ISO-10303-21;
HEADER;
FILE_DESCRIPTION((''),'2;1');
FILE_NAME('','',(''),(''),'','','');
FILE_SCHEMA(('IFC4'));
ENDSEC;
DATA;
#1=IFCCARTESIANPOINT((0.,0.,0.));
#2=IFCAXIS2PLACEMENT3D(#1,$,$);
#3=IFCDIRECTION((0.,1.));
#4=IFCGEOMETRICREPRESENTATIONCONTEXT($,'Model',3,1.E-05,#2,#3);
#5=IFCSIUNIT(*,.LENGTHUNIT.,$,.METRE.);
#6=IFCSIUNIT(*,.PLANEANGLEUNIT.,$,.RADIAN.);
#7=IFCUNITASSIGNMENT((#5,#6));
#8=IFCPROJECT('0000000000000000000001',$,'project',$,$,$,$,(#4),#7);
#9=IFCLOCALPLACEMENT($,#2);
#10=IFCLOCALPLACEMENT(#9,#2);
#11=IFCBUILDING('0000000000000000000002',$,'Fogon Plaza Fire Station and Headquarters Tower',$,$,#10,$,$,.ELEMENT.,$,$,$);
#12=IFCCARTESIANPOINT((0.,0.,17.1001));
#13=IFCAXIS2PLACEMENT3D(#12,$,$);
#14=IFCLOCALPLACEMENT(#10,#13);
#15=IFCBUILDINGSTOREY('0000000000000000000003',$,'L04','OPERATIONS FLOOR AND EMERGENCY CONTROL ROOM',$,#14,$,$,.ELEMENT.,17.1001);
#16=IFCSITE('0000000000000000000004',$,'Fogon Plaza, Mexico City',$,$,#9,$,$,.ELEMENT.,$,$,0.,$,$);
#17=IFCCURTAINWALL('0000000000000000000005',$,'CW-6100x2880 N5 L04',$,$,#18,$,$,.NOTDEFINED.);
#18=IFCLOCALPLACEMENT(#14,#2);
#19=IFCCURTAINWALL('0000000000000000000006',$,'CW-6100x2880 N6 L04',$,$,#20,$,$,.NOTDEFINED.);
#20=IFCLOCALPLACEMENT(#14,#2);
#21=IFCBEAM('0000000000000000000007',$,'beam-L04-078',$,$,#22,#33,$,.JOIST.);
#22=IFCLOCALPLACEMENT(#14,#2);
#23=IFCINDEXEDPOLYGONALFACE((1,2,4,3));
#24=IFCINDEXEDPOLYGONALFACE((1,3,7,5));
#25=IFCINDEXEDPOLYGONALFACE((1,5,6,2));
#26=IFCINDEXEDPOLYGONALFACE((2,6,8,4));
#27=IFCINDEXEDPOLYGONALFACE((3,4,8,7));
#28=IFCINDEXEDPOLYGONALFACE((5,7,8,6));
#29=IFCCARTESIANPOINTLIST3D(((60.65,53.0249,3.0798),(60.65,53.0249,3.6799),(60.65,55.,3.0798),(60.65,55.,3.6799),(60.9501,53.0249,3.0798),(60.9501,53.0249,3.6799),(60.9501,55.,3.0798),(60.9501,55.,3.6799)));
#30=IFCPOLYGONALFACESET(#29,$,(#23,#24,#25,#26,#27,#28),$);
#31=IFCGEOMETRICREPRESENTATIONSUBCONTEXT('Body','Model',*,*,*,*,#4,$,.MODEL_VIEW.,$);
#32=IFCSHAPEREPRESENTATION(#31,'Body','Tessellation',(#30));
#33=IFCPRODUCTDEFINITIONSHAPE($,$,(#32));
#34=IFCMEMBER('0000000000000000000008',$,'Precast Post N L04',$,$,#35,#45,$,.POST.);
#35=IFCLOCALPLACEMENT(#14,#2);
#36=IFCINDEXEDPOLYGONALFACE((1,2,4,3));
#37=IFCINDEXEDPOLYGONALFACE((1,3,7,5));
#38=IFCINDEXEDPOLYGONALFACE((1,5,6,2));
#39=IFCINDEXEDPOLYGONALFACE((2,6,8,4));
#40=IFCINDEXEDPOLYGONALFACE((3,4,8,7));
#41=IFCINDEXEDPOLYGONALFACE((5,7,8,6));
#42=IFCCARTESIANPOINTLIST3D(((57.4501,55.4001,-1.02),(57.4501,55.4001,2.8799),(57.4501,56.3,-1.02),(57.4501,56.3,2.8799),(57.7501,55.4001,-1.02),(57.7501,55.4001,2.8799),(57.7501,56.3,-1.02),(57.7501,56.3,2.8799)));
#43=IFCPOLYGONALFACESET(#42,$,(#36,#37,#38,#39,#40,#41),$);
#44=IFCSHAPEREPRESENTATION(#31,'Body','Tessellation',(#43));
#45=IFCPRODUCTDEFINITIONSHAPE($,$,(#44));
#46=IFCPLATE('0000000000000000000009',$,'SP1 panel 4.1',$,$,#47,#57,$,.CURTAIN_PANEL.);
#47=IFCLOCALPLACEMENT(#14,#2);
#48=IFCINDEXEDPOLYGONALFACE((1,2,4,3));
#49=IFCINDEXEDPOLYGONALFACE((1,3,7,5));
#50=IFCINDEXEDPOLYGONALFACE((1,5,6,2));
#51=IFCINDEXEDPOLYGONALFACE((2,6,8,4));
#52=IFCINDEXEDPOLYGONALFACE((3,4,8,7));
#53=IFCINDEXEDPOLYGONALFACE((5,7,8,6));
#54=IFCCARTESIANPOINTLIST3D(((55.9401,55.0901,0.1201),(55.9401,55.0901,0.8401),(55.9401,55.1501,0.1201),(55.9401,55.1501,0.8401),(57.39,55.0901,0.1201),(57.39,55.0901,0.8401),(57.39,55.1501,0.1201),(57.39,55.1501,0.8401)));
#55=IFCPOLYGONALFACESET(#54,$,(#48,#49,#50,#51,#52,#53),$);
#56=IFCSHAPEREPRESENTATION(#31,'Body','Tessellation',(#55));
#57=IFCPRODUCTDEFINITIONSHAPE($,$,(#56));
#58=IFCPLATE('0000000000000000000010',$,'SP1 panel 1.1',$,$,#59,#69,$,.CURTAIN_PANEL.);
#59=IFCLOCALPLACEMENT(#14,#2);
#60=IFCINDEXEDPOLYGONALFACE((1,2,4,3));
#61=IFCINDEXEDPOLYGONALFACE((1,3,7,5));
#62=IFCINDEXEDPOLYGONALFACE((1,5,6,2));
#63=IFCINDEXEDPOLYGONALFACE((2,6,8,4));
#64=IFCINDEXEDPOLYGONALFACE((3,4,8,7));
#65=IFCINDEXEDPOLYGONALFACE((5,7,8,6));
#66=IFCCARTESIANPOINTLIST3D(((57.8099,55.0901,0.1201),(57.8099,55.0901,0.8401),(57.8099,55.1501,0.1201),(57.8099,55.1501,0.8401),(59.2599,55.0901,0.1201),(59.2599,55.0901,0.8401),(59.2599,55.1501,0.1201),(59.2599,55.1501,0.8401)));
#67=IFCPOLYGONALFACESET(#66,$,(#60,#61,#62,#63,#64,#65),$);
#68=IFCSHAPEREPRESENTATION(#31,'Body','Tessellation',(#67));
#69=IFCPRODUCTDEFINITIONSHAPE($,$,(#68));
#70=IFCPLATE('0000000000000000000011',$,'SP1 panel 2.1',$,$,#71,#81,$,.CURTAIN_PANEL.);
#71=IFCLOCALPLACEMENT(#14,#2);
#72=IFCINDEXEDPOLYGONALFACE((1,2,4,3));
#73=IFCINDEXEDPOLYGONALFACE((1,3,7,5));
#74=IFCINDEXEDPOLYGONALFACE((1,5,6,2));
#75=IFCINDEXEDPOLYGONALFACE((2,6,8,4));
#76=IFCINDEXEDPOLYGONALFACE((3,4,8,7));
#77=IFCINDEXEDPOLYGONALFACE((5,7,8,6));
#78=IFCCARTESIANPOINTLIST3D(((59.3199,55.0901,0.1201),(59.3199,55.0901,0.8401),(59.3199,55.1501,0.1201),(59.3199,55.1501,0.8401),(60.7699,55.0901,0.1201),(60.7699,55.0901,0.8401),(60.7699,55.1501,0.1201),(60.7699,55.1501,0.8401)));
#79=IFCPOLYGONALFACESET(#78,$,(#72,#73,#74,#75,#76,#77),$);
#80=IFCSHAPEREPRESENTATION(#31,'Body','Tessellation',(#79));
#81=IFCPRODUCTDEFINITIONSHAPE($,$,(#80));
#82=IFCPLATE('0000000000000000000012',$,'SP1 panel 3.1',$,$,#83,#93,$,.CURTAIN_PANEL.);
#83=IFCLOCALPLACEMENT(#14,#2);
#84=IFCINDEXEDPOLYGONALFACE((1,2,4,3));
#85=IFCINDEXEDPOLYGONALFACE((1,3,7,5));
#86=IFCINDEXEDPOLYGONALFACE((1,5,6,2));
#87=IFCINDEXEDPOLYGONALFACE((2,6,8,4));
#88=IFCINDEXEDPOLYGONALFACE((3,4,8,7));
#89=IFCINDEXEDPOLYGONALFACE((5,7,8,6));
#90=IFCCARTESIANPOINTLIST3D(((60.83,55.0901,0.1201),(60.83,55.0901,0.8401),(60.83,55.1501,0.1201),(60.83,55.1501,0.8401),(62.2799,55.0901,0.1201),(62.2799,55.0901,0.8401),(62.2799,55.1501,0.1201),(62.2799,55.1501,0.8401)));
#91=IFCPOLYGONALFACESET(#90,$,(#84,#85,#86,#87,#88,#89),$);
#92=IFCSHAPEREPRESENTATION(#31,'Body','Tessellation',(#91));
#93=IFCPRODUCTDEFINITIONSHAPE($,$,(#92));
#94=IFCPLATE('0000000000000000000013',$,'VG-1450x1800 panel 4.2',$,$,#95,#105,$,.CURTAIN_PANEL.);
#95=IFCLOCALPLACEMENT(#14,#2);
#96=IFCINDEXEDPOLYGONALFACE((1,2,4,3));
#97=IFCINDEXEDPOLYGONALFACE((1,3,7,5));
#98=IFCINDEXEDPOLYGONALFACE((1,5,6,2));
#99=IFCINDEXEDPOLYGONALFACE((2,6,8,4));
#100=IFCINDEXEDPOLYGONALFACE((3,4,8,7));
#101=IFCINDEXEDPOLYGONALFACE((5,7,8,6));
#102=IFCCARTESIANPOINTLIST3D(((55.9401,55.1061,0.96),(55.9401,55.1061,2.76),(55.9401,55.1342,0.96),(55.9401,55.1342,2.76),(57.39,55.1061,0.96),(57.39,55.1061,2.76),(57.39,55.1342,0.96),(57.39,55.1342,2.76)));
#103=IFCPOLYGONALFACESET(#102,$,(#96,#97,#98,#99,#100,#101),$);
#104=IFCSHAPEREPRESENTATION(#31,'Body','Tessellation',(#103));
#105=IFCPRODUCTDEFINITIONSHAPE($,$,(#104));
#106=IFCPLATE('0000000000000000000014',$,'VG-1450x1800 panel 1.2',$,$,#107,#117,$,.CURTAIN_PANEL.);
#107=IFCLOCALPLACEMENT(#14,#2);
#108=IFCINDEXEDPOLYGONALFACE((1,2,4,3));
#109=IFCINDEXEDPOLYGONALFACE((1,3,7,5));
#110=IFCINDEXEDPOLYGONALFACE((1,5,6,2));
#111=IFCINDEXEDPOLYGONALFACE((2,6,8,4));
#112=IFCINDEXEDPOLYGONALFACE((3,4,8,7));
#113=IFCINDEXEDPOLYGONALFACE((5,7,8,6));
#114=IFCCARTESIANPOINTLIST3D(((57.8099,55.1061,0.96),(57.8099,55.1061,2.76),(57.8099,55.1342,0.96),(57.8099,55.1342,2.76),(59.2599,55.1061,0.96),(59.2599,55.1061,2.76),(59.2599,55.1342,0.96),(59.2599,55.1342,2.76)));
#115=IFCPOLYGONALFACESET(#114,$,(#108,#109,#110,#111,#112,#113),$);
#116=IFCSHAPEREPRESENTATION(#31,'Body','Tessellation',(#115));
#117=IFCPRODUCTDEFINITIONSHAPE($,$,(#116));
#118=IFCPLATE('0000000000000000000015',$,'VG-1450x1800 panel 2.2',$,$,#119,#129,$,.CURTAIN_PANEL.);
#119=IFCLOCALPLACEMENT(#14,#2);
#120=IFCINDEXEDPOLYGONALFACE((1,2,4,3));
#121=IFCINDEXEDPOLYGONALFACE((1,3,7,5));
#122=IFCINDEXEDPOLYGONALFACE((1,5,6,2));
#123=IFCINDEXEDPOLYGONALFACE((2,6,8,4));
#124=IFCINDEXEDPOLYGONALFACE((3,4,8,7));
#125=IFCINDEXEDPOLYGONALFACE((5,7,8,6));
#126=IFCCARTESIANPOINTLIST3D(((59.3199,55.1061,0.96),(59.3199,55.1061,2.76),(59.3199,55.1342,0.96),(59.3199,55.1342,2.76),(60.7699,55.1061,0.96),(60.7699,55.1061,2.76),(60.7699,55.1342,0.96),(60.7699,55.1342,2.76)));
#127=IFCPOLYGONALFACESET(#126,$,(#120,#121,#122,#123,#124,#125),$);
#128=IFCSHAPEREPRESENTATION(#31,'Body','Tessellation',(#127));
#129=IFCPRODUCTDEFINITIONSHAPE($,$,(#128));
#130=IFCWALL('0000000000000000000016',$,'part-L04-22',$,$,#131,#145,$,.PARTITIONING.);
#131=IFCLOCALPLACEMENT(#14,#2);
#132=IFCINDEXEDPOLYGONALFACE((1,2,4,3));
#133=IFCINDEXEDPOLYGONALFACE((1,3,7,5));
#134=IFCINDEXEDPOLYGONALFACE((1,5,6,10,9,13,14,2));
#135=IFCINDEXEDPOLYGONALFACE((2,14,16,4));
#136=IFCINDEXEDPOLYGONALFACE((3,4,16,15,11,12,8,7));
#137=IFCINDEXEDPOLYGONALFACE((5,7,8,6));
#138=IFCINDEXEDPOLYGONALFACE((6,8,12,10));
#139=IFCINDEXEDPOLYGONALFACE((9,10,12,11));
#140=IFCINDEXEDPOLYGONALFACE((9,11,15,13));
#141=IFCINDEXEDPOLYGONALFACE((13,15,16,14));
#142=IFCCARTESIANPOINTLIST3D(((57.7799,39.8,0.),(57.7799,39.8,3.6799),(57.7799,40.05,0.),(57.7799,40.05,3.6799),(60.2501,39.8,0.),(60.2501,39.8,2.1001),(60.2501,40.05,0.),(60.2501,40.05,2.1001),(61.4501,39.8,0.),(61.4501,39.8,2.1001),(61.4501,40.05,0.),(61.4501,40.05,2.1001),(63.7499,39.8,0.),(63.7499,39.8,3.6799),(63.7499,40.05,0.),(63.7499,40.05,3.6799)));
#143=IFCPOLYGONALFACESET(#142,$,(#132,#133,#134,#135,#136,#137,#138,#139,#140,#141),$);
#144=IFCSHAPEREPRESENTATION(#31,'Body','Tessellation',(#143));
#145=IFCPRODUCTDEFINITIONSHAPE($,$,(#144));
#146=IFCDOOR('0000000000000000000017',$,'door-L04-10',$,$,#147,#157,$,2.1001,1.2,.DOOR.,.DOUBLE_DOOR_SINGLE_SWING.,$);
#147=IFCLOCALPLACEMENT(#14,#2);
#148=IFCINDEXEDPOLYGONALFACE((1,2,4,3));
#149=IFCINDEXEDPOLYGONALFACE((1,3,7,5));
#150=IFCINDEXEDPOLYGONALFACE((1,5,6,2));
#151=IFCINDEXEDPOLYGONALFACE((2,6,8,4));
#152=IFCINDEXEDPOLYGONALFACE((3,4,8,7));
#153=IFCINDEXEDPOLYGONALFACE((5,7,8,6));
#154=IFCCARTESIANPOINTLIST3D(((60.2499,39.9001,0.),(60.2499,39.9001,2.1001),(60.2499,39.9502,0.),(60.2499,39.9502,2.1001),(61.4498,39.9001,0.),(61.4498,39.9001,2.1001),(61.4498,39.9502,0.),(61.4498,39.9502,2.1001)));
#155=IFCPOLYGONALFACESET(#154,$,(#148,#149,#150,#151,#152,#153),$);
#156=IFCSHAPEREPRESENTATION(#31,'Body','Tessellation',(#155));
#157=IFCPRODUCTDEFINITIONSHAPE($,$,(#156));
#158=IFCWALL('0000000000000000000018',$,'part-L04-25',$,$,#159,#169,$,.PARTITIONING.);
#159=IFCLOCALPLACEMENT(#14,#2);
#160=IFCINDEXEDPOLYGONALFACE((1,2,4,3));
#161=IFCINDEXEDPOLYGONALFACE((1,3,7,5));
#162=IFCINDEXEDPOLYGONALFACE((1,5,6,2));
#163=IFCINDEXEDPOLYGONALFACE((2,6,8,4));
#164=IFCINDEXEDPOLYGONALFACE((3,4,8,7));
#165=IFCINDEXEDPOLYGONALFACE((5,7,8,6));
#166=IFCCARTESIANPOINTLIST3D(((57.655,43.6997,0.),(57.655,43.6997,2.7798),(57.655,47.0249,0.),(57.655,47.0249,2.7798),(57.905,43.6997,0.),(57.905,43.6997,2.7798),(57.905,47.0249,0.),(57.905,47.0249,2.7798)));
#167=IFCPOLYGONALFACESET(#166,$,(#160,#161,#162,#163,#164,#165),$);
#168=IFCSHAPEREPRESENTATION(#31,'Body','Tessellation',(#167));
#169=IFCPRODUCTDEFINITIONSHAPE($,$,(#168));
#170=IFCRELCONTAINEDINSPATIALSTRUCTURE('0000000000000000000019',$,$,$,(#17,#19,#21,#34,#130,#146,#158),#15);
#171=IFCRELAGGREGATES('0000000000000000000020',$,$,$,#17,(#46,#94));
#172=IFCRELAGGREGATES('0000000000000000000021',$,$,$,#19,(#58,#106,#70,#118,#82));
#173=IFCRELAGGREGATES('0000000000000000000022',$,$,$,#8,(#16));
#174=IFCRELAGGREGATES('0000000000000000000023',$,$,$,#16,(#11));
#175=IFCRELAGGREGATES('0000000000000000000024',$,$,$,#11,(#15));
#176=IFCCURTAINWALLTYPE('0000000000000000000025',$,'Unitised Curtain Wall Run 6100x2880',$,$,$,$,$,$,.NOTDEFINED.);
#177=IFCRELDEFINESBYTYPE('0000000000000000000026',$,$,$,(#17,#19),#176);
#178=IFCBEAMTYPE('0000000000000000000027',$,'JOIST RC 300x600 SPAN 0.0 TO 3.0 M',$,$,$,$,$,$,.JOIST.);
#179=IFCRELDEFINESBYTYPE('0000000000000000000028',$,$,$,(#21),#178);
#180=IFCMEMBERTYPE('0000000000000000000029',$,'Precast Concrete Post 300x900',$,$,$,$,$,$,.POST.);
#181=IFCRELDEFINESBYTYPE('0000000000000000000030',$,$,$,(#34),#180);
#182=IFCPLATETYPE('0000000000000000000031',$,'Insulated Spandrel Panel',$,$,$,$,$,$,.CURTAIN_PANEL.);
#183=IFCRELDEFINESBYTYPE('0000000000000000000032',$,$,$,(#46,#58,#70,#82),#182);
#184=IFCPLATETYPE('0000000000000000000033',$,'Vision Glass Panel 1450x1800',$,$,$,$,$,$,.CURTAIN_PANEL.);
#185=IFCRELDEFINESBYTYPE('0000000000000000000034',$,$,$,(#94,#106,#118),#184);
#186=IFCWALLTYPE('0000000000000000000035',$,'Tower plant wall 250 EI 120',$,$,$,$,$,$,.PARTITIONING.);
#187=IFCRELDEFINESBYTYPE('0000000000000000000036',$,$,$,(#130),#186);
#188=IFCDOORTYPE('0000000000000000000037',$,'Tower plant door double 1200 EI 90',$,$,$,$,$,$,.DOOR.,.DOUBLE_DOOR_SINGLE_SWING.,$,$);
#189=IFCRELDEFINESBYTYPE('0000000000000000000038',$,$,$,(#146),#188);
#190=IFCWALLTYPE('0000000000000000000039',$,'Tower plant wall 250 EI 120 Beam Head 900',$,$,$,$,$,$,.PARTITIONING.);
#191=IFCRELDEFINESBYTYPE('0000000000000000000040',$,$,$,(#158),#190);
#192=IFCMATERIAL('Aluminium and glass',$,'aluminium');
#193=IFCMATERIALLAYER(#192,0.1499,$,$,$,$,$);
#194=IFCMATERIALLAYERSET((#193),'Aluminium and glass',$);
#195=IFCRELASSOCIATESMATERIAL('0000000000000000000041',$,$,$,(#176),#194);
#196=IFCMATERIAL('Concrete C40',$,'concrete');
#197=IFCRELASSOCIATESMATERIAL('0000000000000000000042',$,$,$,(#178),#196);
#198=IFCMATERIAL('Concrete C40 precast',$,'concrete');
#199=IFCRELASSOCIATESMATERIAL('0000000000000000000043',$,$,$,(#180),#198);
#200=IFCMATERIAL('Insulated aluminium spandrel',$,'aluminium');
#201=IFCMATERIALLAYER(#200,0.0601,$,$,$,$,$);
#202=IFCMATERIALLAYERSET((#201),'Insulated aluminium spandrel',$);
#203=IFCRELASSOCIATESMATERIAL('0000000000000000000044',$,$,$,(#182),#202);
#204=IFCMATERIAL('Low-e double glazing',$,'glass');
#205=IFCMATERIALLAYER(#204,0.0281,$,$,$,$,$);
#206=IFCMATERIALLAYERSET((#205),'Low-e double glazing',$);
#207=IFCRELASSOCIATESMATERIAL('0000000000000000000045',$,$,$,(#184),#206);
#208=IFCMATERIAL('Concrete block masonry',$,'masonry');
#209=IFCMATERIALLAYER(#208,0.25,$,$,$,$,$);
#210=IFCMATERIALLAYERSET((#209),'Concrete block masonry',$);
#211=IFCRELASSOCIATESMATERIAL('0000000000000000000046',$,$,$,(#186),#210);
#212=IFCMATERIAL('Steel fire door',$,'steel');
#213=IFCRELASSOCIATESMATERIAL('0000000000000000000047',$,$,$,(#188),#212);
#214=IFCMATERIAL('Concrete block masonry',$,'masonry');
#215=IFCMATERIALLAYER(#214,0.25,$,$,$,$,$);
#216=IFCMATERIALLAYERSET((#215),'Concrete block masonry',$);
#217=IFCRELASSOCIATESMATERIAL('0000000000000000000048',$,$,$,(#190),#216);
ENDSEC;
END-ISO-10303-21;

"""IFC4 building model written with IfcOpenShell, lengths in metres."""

from ifc_helpers import new_model, si_unit, direction, frame, frame_2d, origin, origin_2d, place, context, subcontext, project, spatial, rectangle, extrude, material, layer, layer_set, material_profile, profile_set, type_object, element, fill, aggregate, save


model = new_model("IFC4")

# Units and contexts
model_context = context("Model", 3, precision=1e-05, world=origin(), true_north=direction((0.0, 1.0)))
body_context = subcontext(model_context, "Body", "Model", "MODEL_VIEW")
ifc_project = project(units=[si_unit("LENGTHUNIT", "METRE"), si_unit("PLANEANGLEUNIT", "RADIAN")], contexts=[model_context])

# Site, building, storey
site_placement = place(None, origin())
site = spatial("IfcSite", under=ifc_project, at=site_placement, Name="Fogon Plaza, Mexico City", CompositionType="ELEMENT", RefElevation=0.0)
building_placement = place(site_placement, origin())
building = spatial("IfcBuilding", under=site, at=building_placement, Name="Fogon Plaza Fire Station and Headquarters Tower", CompositionType="ELEMENT")
storey_placement = place(building_placement, frame((0.0, 0.0, 17.1001)))
storey = spatial("IfcBuildingStorey", under=building, at=storey_placement, Name="L04", Description="OPERATIONS FLOOR AND EMERGENCY CONTROL ROOM", CompositionType="ELEMENT", Elevation=17.1001)

# Curtain walls
ifc_material_1 = material(Name="Aluminium and glass", Category="aluminium")
ifc_layer_1 = layer(ifc_material_1, 0.1499)
ifc_layer_set_1 = layer_set([ifc_layer_1], Name="Aluminium and glass")
curtain_wall_type = type_object("IfcCurtainWallType", Name="Unitised Curtain Wall Run 6100x2880", PredefinedType="NOTDEFINED", material=ifc_layer_set_1)
curtain_wall_1_placement = place(storey_placement, origin())
curtain_wall_1 = element("IfcCurtainWall", 1, at=curtain_wall_1_placement, inside=storey, type_object=curtain_wall_type, Name="CW-6100x2880 N5 L04", PredefinedType="NOTDEFINED")
curtain_wall_2_placement = place(storey_placement, origin())
curtain_wall_2 = element("IfcCurtainWall", 2, at=curtain_wall_2_placement, inside=storey, type_object=curtain_wall_type, Name="CW-6100x2880 N6 L04", PredefinedType="NOTDEFINED")

# Beam
ifc_material_2 = material(Name="Concrete C40", Category="concrete")
ifc_material_profile_1 = material_profile(ifc_material_2, rectangle(XDim=0.3, YDim=0.6001, at=origin_2d()), Name="RC 300x600")
ifc_profile_set_1 = profile_set([ifc_material_profile_1], Name="Concrete C40")
beam_type_1 = type_object("IfcBeamType", Name="JOIST RC 300x600 SPAN 0.0 TO 3.0 M", PredefinedType="JOIST", material=ifc_profile_set_1)
beam_1_placement = place(storey_placement, frame((60.8, 53.0249, 3.3799), z_axis=(0.0, 1.0, 0.0), x_axis=(-1.0, 0.0, 0.0)))
element("IfcBeam", 3, at=beam_1_placement, inside=storey, type_object=beam_type_1, Name="beam-L04-078", PredefinedType="JOIST", context=body_context, shape_type="SweptSolid", body=[
    extrude(rectangle(XDim=0.3, YDim=0.6001, at=origin_2d()), origin(), (0.0, 0.0, 1.0), 1.9751),
])

# Member
ifc_material_3 = material(Name="Concrete C40 precast", Category="concrete")
ifc_material_profile_2 = material_profile(ifc_material_3, rectangle(XDim=0.3, YDim=0.8999, at=origin_2d()), Name="Precast Concrete Post 300x900")
ifc_profile_set_2 = profile_set([ifc_material_profile_2], Name="Concrete C40 precast")
member_type_1 = type_object("IfcMemberType", Name="Precast Concrete Post 300x900", PredefinedType="POST", material=ifc_profile_set_2)
member_1_placement = place(storey_placement, frame((57.6001, 55.8501, -1.02), z_axis=(0.0, 0.0, 1.0), x_axis=(1.0, 0.0, 0.0)))
element("IfcMember", 4, at=member_1_placement, inside=storey, type_object=member_type_1, Name="Precast Post N L04", PredefinedType="POST", context=body_context, shape_type="SweptSolid", body=[
    extrude(rectangle(XDim=0.3, YDim=0.8999, at=origin_2d()), origin(), (0.0, 0.0, 1.0), 3.8999),
])

# Plates
ifc_material_4 = material(Name="Insulated aluminium spandrel", Category="aluminium")
ifc_layer_2 = layer(ifc_material_4, 0.0601)
ifc_layer_set_2 = layer_set([ifc_layer_2], Name="Insulated aluminium spandrel")
plate_type_1 = type_object("IfcPlateType", Name="Insulated Spandrel Panel", PredefinedType="CURTAIN_PANEL", material=ifc_layer_set_2)
plate_1_placement = place(storey_placement, frame((56.665, 55.1201, 0.1201), z_axis=(0.0, 0.0, 1.0), x_axis=(1.0, 0.0, 0.0)))
plate_1 = element("IfcPlate", 5, at=plate_1_placement, type_object=plate_type_1, Name="SP1 panel 4.1", PredefinedType="CURTAIN_PANEL", context=body_context, shape_type="SweptSolid", body=[
    extrude(rectangle(XDim=1.45, YDim=0.0601, at=origin_2d()), origin(), (0.0, 0.0, 1.0), 0.72),
])
plate_2_placement = place(storey_placement, frame((58.5349, 55.1201, 0.1201), z_axis=(0.0, 0.0, 1.0), x_axis=(1.0, 0.0, 0.0)))
plate_2 = element("IfcPlate", 6, at=plate_2_placement, type_object=plate_type_1, Name="SP1 panel 1.1", PredefinedType="CURTAIN_PANEL", context=body_context, shape_type="SweptSolid", body=[
    extrude(rectangle(XDim=1.45, YDim=0.0601, at=origin_2d()), origin(), (0.0, 0.0, 1.0), 0.72),
])
plate_3_placement = place(storey_placement, frame((60.0449, 55.1201, 0.1201), z_axis=(0.0, 0.0, 1.0), x_axis=(1.0, 0.0, 0.0)))
plate_3 = element("IfcPlate", 7, at=plate_3_placement, type_object=plate_type_1, Name="SP1 panel 2.1", PredefinedType="CURTAIN_PANEL", context=body_context, shape_type="SweptSolid", body=[
    extrude(rectangle(XDim=1.45, YDim=0.0601, at=origin_2d()), origin(), (0.0, 0.0, 1.0), 0.72),
])
plate_4_placement = place(storey_placement, frame((61.5549, 55.1201, 0.1201), z_axis=(0.0, 0.0, 1.0), x_axis=(1.0, 0.0, 0.0)))
plate_4 = element("IfcPlate", 8, at=plate_4_placement, type_object=plate_type_1, Name="SP1 panel 3.1", PredefinedType="CURTAIN_PANEL", context=body_context, shape_type="SweptSolid", body=[
    extrude(rectangle(XDim=1.45, YDim=0.0601, at=origin_2d()), origin(), (0.0, 0.0, 1.0), 0.72),
])
ifc_material_5 = material(Name="Low-e double glazing", Category="glass")
ifc_layer_3 = layer(ifc_material_5, 0.0281)
ifc_layer_set_3 = layer_set([ifc_layer_3], Name="Low-e double glazing")
plate_type_2 = type_object("IfcPlateType", Name="Vision Glass Panel 1450x1800", PredefinedType="CURTAIN_PANEL", material=ifc_layer_set_3)
plate_5_placement = place(storey_placement, frame((56.665, 55.1201, 0.96), z_axis=(0.0, 0.0, 1.0), x_axis=(1.0, 0.0, 0.0)))
plate_5 = element("IfcPlate", 9, at=plate_5_placement, type_object=plate_type_2, Name="VG-1450x1800 panel 4.2", PredefinedType="CURTAIN_PANEL", context=body_context, shape_type="SweptSolid", body=[
    extrude(rectangle(XDim=1.45, YDim=0.0281, at=origin_2d()), origin(), (0.0, 0.0, 1.0), 1.8),
])
aggregate(curtain_wall_1, [plate_1, plate_5])
plate_6_placement = place(storey_placement, frame((58.5349, 55.1201, 0.96), z_axis=(0.0, 0.0, 1.0), x_axis=(1.0, 0.0, 0.0)))
plate_6 = element("IfcPlate", 10, at=plate_6_placement, type_object=plate_type_2, Name="VG-1450x1800 panel 1.2", PredefinedType="CURTAIN_PANEL", context=body_context, shape_type="SweptSolid", body=[
    extrude(rectangle(XDim=1.45, YDim=0.0281, at=origin_2d()), origin(), (0.0, 0.0, 1.0), 1.8),
])
plate_7_placement = place(storey_placement, frame((60.0449, 55.1201, 0.96), z_axis=(0.0, 0.0, 1.0), x_axis=(1.0, 0.0, 0.0)))
plate_7 = element("IfcPlate", 11, at=plate_7_placement, type_object=plate_type_2, Name="VG-1450x1800 panel 2.2", PredefinedType="CURTAIN_PANEL", context=body_context, shape_type="SweptSolid", body=[
    extrude(rectangle(XDim=1.45, YDim=0.0281, at=origin_2d()), origin(), (0.0, 0.0, 1.0), 1.8),
])
aggregate(curtain_wall_2, [plate_2, plate_6, plate_3, plate_7, plate_4])

# Wall, opening, door
ifc_material_6 = material(Name="Concrete block masonry", Category="masonry")
ifc_layer_4 = layer(ifc_material_6, 0.25)
ifc_layer_set_4 = layer_set([ifc_layer_4], Name="Concrete block masonry")
wall_type_1 = type_object("IfcWallType", Name="Tower plant wall 250 EI 120", PredefinedType="PARTITIONING", material=ifc_layer_set_4)
wall_1_placement = place(storey_placement, frame((57.78, 39.925, 0.0), z_axis=(0.0, 0.0, 1.0), x_axis=(1.0, 0.0, 0.0)))
wall_1 = element("IfcWall", 12, at=wall_1_placement, inside=storey, type_object=wall_type_1, Name="part-L04-22", PredefinedType="PARTITIONING", context=body_context, shape_type="SweptSolid", body=[
    extrude(rectangle(XDim=5.97, YDim=0.25, at=frame_2d((2.9849, 0.0))), origin(), (0.0, 0.0, 1.0), 3.6799),
])
opening_placement = place(wall_1_placement, frame((2.47, 0.0, 0.0)))
opening = element("IfcOpeningElement", 13, at=opening_placement, cuts=wall_1, PredefinedType="OPENING", context=body_context, shape_type="SweptSolid", body=[
    extrude(rectangle(XDim=1.2, YDim=2.1001, at=frame_2d((0.6001, 1.05))), frame((0.0, 0.135, 0.0), z_axis=(0.0, -1.0, 0.0), x_axis=(1.0, 0.0, 0.0)), (0.0, 0.0, 1.0), 0.27),
])
ifc_material_7 = material(Name="Steel fire door", Category="steel")
door_type = type_object("IfcDoorType", Name="Tower plant door double 1200 EI 90", OperationType="DOUBLE_DOOR_SINGLE_SWING", PredefinedType="DOOR", material=ifc_material_7)
door_placement = place(opening_placement, frame((1.2, 0.0, 0.0), z_axis=(0.0, 0.0, 1.0), x_axis=(-1.0, 0.0, 0.0)))
door = element("IfcDoor", 14, at=door_placement, inside=storey, type_object=door_type, Name="door-L04-10", OperationType="DOUBLE_DOOR_SINGLE_SWING", OverallHeight=2.1001, OverallWidth=1.2, PredefinedType="DOOR", context=body_context, shape_type="SweptSolid", body=[
    extrude(rectangle(XDim=1.2, YDim=2.1001, at=frame_2d((0.6001, 1.05))), frame((0.0, 0.0249, 0.0), z_axis=(0.0, -1.0, 0.0), x_axis=(1.0, 0.0, 0.0)), (0.0, 0.0, 1.0), 0.05),
])
fill(opening, door)

# Wall
ifc_material_8 = material(Name="Concrete block masonry", Category="masonry")
ifc_layer_5 = layer(ifc_material_8, 0.25)
ifc_layer_set_5 = layer_set([ifc_layer_5], Name="Concrete block masonry")
wall_type_2 = type_object("IfcWallType", Name="Tower plant wall 250 EI 120 Beam Head 900", PredefinedType="PARTITIONING", material=ifc_layer_set_5)
wall_2_placement = place(storey_placement, frame((57.78, 43.6997, 0.0), z_axis=(0.0, 0.0, 1.0), x_axis=(0.0, 1.0, 0.0)))
element("IfcWall", 15, at=wall_2_placement, inside=storey, type_object=wall_type_2, Name="part-L04-25", PredefinedType="PARTITIONING", context=body_context, shape_type="SweptSolid", body=[
    extrude(rectangle(XDim=3.3252, YDim=0.25, at=frame_2d((1.6626, 0.0))), origin(), (0.0, 0.0, 1.0), 2.7798),
])

save(model, "model.ifc")
